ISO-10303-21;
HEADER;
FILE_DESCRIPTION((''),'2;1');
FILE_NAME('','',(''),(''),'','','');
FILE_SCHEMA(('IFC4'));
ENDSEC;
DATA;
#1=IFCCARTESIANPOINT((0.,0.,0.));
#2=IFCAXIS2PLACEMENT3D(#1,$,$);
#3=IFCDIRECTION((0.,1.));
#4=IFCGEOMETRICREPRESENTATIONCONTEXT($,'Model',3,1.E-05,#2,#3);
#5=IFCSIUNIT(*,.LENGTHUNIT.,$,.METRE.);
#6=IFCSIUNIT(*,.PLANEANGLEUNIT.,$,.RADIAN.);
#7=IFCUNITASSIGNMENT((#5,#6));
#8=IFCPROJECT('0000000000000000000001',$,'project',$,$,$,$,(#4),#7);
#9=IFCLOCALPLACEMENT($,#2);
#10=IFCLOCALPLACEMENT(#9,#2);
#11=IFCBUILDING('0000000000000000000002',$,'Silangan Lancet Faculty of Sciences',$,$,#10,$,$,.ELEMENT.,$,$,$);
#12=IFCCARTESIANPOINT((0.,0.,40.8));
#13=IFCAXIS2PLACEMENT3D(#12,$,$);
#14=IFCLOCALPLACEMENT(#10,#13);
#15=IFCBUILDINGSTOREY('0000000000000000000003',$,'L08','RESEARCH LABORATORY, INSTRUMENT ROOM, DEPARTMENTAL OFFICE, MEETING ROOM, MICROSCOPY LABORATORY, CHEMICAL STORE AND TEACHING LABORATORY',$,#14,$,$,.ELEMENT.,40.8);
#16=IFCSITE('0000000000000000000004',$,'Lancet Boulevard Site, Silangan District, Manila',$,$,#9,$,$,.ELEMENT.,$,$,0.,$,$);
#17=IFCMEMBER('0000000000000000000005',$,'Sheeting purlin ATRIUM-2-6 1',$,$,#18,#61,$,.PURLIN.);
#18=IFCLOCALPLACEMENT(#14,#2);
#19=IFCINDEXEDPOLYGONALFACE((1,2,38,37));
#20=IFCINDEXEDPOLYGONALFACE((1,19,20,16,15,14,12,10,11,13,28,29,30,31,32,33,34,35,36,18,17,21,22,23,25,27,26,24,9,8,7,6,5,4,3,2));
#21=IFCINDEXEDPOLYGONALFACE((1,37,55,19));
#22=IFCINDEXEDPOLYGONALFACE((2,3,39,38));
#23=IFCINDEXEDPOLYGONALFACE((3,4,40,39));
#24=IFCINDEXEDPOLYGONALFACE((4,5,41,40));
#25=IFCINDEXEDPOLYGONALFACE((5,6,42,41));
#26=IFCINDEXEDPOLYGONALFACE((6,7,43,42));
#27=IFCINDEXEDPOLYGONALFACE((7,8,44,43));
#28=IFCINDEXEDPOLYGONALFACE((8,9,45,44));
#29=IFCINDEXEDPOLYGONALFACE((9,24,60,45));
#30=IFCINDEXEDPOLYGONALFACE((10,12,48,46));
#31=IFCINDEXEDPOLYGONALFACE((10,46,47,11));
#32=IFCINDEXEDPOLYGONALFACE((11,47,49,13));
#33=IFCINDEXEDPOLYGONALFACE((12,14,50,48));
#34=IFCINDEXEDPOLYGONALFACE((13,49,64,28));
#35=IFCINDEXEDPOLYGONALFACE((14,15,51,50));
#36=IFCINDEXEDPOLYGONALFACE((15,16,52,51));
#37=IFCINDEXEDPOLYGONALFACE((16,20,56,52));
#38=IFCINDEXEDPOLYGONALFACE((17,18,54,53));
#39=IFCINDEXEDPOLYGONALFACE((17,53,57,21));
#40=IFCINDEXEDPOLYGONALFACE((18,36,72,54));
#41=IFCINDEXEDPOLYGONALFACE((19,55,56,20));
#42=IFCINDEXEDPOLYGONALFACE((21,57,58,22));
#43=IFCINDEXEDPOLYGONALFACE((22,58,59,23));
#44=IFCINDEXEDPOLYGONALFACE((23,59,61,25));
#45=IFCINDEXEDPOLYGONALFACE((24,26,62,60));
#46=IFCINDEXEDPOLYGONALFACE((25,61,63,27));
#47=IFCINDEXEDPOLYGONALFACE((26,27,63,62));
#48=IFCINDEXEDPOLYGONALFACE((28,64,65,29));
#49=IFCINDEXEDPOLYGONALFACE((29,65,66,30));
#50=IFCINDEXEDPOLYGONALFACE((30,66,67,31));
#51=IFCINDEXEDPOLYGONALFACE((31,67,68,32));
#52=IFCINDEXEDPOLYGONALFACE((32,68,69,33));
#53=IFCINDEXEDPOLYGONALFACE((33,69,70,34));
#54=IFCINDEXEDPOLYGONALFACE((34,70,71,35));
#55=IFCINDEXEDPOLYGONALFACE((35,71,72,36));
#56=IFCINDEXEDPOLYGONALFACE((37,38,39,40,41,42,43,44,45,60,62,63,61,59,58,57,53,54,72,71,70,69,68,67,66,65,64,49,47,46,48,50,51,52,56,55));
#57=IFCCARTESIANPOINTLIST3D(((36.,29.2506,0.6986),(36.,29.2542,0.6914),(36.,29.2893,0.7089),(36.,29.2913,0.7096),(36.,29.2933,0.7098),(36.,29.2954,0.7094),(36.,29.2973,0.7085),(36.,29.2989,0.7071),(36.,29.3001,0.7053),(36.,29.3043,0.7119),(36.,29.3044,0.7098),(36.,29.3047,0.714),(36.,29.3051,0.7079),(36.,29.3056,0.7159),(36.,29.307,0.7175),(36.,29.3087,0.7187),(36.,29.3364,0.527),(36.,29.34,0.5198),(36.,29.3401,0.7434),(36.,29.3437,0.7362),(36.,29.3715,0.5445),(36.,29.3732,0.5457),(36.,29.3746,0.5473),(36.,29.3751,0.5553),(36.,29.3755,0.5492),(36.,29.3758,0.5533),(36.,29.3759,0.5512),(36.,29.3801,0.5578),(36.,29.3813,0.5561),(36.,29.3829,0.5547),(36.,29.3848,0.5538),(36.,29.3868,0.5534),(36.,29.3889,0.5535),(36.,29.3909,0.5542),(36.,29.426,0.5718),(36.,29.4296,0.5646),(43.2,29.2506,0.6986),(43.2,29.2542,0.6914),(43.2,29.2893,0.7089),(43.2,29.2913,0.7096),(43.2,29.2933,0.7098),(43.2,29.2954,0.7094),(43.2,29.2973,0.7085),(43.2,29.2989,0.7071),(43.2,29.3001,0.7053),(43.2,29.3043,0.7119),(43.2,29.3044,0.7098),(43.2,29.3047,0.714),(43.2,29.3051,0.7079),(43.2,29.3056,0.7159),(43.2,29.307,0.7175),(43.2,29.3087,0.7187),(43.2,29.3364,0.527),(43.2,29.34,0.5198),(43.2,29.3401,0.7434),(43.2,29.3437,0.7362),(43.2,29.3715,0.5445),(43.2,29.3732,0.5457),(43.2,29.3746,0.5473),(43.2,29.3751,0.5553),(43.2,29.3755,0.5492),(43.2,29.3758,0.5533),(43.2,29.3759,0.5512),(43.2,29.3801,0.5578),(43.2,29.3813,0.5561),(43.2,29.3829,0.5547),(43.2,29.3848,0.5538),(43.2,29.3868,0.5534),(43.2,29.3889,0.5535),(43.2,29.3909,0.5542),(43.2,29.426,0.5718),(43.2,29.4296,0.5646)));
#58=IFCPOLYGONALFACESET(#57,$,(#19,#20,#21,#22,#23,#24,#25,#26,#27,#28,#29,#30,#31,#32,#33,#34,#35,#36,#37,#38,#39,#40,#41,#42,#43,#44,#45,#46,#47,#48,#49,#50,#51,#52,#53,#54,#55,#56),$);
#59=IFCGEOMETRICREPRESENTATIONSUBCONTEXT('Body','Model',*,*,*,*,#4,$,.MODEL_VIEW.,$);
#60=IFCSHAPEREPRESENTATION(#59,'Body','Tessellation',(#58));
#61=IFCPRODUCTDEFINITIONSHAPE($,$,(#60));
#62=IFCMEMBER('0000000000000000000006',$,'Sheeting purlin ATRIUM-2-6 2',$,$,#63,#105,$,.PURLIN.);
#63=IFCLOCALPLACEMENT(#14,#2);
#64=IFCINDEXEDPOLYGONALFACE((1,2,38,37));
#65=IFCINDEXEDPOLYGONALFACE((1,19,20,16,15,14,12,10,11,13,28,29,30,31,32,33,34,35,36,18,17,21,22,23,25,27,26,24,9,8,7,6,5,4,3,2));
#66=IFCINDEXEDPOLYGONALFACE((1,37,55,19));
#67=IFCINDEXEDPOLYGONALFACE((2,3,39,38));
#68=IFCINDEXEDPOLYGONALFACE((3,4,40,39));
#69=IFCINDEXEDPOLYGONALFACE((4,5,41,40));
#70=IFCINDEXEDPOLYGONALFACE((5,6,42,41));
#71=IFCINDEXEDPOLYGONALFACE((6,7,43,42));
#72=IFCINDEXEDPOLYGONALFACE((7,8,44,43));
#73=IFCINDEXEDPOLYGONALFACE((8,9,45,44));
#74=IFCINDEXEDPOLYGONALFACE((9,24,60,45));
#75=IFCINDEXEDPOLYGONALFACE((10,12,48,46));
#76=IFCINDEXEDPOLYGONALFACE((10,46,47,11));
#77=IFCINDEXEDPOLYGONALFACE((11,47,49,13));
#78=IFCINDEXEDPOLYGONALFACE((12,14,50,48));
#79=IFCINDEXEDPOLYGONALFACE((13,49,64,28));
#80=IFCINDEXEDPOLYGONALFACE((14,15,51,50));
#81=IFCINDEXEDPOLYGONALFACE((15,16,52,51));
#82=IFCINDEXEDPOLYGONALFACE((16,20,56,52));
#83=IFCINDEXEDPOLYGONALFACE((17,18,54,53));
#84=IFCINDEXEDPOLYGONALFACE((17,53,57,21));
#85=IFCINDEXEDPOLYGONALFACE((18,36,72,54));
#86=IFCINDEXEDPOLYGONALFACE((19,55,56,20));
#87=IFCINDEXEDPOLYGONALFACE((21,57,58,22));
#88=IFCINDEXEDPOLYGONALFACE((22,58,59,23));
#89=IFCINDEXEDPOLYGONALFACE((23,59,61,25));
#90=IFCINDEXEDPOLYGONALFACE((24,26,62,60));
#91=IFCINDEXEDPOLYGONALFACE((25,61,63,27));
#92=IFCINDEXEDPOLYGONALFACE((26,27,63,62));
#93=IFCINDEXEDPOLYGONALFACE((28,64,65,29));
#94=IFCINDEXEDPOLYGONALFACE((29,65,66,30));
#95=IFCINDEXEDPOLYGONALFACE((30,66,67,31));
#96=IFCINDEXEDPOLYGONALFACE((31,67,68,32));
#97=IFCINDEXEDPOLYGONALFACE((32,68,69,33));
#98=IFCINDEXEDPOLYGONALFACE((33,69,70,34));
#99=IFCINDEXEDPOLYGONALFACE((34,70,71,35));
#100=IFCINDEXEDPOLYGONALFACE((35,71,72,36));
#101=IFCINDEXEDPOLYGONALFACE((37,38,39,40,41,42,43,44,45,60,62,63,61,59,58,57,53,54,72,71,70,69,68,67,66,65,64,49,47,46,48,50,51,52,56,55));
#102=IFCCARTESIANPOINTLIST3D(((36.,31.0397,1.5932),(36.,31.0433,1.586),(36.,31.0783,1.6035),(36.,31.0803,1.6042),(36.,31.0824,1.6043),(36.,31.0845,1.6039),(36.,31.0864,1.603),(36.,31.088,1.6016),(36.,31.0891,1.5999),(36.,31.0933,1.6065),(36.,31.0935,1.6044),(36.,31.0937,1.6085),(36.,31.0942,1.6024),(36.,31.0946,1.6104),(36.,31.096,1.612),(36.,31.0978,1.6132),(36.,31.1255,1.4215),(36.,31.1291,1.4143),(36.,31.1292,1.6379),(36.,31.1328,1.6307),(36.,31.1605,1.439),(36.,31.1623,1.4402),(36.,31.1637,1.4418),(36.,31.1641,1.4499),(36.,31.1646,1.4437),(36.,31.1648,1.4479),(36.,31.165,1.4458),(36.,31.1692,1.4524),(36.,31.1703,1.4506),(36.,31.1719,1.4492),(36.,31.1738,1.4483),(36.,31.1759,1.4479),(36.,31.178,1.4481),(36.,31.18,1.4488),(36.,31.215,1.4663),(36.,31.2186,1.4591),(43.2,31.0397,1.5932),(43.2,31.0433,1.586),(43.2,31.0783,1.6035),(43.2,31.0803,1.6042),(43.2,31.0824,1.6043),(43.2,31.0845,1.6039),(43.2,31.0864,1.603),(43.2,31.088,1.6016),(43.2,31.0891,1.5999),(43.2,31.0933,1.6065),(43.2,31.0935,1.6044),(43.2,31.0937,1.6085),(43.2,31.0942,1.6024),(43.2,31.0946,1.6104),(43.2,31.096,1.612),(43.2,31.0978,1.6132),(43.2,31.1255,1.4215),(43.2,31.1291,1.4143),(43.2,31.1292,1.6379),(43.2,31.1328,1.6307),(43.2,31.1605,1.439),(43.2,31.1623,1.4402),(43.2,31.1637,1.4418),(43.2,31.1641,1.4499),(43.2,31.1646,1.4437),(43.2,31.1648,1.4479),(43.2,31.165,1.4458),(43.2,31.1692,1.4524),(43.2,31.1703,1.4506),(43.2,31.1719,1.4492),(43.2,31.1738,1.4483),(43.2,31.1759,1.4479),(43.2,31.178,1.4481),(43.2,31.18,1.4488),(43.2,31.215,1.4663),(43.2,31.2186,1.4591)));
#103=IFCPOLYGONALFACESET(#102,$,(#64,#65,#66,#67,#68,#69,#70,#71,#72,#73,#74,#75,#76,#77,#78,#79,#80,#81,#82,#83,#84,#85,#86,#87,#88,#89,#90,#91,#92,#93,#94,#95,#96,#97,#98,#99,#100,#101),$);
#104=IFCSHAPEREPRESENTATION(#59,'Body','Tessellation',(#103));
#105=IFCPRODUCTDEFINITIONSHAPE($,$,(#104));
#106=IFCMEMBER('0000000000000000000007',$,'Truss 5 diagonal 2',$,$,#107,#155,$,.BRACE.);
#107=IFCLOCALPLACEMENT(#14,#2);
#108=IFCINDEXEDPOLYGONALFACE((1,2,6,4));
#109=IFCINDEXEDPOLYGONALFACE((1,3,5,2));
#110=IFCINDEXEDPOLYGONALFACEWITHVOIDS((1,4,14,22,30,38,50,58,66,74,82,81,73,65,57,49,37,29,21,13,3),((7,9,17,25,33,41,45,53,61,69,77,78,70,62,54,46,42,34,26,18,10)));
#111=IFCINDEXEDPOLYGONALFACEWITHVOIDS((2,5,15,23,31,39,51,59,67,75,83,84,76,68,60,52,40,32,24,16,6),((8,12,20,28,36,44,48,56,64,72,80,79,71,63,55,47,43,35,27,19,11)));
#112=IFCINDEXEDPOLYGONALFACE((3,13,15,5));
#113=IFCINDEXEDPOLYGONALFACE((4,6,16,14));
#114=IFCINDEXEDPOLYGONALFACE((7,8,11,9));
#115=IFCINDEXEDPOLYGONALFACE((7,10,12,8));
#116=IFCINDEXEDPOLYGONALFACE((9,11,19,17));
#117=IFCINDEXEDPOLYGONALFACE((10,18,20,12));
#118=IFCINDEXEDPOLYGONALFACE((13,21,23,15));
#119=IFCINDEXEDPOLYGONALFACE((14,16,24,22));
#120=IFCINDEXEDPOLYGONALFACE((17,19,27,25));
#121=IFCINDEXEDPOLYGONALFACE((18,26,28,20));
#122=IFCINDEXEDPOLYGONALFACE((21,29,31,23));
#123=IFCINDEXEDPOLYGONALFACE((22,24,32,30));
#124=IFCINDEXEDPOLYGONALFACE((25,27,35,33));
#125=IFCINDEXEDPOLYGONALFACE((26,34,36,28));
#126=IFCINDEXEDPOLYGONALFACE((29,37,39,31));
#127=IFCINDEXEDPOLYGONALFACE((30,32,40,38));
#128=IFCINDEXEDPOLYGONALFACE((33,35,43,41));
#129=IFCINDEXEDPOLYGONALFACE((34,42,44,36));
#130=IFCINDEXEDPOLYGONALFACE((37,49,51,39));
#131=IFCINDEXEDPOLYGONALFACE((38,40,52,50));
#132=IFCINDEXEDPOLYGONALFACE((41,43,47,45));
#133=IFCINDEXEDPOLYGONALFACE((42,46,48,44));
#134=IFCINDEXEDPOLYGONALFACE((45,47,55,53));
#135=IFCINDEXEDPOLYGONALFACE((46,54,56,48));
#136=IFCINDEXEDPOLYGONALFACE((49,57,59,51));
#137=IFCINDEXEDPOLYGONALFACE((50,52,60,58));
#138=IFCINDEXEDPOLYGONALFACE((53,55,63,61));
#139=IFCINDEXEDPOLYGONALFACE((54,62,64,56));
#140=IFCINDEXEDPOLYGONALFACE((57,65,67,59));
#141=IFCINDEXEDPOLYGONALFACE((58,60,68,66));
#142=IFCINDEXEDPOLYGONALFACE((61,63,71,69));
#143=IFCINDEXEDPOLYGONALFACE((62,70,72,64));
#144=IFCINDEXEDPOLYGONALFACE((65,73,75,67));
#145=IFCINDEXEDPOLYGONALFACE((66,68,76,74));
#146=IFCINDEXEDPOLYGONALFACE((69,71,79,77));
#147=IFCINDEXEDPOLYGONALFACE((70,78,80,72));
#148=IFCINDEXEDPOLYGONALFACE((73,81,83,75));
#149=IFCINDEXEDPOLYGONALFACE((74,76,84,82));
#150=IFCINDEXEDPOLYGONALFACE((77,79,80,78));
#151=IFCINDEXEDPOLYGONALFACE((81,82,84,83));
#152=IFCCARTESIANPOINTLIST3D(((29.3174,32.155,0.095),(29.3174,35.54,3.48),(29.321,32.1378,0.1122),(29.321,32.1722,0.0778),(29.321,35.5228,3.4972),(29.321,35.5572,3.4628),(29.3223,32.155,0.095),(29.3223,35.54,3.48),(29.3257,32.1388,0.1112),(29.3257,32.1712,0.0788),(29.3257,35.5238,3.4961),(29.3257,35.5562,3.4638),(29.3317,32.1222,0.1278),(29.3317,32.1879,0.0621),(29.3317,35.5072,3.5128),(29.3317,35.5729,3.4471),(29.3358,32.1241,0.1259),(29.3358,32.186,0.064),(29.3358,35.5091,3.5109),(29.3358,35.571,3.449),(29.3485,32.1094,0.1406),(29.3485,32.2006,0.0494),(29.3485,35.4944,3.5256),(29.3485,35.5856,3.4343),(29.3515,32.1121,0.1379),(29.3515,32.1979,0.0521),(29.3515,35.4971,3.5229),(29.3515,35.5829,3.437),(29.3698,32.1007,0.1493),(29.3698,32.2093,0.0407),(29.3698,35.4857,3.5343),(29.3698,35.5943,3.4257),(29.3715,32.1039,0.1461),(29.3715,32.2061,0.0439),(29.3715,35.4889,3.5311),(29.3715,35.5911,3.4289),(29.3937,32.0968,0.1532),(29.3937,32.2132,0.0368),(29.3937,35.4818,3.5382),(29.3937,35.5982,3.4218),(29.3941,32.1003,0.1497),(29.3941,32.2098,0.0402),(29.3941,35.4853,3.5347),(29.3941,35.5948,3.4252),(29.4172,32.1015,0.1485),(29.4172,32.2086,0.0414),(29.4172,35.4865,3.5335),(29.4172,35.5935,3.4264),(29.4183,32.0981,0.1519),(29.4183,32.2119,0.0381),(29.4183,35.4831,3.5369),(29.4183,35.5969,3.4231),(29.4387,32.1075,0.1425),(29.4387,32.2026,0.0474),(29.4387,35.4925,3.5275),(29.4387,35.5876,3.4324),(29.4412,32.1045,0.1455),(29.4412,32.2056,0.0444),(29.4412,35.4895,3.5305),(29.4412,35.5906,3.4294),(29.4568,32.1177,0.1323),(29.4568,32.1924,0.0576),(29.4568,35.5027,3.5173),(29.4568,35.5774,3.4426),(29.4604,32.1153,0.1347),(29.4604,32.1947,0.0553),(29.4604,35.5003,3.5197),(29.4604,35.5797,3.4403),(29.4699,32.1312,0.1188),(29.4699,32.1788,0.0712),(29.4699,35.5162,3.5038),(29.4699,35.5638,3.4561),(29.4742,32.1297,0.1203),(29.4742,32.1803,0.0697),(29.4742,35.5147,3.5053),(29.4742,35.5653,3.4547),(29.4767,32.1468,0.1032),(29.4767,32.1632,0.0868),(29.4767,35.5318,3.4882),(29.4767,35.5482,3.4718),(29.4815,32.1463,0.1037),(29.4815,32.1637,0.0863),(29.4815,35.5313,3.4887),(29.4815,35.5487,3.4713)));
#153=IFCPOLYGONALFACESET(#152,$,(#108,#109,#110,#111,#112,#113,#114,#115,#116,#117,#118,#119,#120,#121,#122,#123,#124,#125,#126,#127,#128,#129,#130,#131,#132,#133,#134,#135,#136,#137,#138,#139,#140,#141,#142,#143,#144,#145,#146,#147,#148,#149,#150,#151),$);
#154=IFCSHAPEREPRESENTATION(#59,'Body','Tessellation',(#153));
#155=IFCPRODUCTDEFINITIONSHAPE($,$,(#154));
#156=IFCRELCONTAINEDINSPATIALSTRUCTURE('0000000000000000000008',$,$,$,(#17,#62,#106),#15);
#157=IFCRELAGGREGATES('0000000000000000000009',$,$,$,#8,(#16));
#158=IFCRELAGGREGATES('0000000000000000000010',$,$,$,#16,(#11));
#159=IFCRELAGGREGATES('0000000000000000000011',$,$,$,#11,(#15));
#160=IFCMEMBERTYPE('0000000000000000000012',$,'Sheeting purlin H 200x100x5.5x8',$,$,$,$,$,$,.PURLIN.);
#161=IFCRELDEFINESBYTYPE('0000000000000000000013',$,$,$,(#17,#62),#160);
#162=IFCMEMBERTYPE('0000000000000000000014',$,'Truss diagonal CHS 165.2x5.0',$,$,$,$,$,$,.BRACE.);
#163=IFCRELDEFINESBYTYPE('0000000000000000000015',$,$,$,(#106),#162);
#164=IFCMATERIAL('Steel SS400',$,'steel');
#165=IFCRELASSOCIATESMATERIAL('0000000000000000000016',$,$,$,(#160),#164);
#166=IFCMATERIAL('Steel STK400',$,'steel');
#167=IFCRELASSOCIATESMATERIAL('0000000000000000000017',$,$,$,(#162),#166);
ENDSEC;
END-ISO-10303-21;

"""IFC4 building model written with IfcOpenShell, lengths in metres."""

from ifc_helpers import new_model, si_unit, direction, frame, origin, origin_2d, place, context, subcontext, project, spatial, hollow_circle, i_section, extrude, material, material_profile, profile_set, type_object, element, save


model = new_model("IFC4")

# Units and contexts
model_context = context("Model", 3, precision=1e-05, world=origin(), true_north=direction((0.0, 1.0)))
body_context = subcontext(model_context, "Body", "Model", "MODEL_VIEW")
ifc_project = project(units=[si_unit("LENGTHUNIT", "METRE"), si_unit("PLANEANGLEUNIT", "RADIAN")], contexts=[model_context])

# Site, building, storey
site_placement = place(None, origin())
site = spatial("IfcSite", under=ifc_project, at=site_placement, Name="Lancet Boulevard Site, Silangan District, Manila", CompositionType="ELEMENT", RefElevation=0.0)
building_placement = place(site_placement, origin())
building = spatial("IfcBuilding", under=site, at=building_placement, Name="Silangan Lancet Faculty of Sciences", CompositionType="ELEMENT")
storey_placement = place(building_placement, frame((0.0, 0.0, 40.8)))
storey = spatial("IfcBuildingStorey", under=building, at=storey_placement, Name="L08", Description="RESEARCH LABORATORY, INSTRUMENT ROOM, DEPARTMENTAL OFFICE, MEETING ROOM, MICROSCOPY LABORATORY, CHEMICAL STORE AND TEACHING LABORATORY", CompositionType="ELEMENT", Elevation=40.8)

# Members
ifc_material_1 = material(Name="Steel SS400", Category="steel")
ifc_material_profile_1 = material_profile(ifc_material_1, i_section(OverallWidth=0.1001, OverallDepth=0.2, WebThickness=0.0056, FlangeThickness=0.0081, FilletRadius=0.0081, at=origin_2d()), Name="H 200x100x5.5x8")
ifc_profile_set_1 = profile_set([ifc_material_profile_1], Name="Steel SS400")
member_type_1 = type_object("IfcMemberType", Name="Sheeting purlin H 200x100x5.5x8", PredefinedType="PURLIN", material=ifc_profile_set_1)
for number, where, z_axis, x_axis, name in (
    (1, (36.0, 29.3401, 0.6316), (1.0, 0.0, 0.0), (0.0, 0.894427, 0.447214), "Sheeting purlin ATRIUM-2-6 1"),
    (2, (36.0, 31.1292, 1.5261), (1.0, 0.0, 0.0), (0.0, 0.894427, 0.447214), "Sheeting purlin ATRIUM-2-6 2"),
):
    element("IfcMember", number, at=place(storey_placement, frame(where, z_axis=z_axis, x_axis=x_axis)), inside=storey, type_object=member_type_1, Name=name, PredefinedType="PURLIN", context=body_context, shape_type="SweptSolid", body=[
        extrude(i_section(OverallWidth=0.1001, OverallDepth=0.2, WebThickness=0.0056, FlangeThickness=0.0081, FilletRadius=0.0081, at=origin_2d()), origin(), (0.0, 0.0, 1.0), 7.2),
    ])
ifc_material_2 = material(Name="Steel STK400", Category="steel")
ifc_material_profile_2 = material_profile(ifc_material_2, hollow_circle(Radius=0.0825, WallThickness=0.0049, at=origin_2d()), Name="CHS 165.2x5.0")
ifc_profile_set_2 = profile_set([ifc_material_profile_2], Name="Steel STK400")
member_type_2 = type_object("IfcMemberType", Name="Truss diagonal CHS 165.2x5.0", PredefinedType="BRACE", material=ifc_profile_set_2)
member_1_placement = place(storey_placement, frame((29.3999, 32.155, 0.095), z_axis=(0.0, 0.707107, 0.707107), x_axis=(-1.0, 0.0, 0.0)))
element("IfcMember", 3, at=member_1_placement, inside=storey, type_object=member_type_2, Name="Truss 5 diagonal 2", PredefinedType="BRACE", context=body_context, shape_type="SweptSolid", body=[
    extrude(hollow_circle(Radius=0.0825, WallThickness=0.0049, at=origin_2d()), origin(), (0.0, 0.0, 1.0), 4.7871),
])

save(model, "model.ifc")
